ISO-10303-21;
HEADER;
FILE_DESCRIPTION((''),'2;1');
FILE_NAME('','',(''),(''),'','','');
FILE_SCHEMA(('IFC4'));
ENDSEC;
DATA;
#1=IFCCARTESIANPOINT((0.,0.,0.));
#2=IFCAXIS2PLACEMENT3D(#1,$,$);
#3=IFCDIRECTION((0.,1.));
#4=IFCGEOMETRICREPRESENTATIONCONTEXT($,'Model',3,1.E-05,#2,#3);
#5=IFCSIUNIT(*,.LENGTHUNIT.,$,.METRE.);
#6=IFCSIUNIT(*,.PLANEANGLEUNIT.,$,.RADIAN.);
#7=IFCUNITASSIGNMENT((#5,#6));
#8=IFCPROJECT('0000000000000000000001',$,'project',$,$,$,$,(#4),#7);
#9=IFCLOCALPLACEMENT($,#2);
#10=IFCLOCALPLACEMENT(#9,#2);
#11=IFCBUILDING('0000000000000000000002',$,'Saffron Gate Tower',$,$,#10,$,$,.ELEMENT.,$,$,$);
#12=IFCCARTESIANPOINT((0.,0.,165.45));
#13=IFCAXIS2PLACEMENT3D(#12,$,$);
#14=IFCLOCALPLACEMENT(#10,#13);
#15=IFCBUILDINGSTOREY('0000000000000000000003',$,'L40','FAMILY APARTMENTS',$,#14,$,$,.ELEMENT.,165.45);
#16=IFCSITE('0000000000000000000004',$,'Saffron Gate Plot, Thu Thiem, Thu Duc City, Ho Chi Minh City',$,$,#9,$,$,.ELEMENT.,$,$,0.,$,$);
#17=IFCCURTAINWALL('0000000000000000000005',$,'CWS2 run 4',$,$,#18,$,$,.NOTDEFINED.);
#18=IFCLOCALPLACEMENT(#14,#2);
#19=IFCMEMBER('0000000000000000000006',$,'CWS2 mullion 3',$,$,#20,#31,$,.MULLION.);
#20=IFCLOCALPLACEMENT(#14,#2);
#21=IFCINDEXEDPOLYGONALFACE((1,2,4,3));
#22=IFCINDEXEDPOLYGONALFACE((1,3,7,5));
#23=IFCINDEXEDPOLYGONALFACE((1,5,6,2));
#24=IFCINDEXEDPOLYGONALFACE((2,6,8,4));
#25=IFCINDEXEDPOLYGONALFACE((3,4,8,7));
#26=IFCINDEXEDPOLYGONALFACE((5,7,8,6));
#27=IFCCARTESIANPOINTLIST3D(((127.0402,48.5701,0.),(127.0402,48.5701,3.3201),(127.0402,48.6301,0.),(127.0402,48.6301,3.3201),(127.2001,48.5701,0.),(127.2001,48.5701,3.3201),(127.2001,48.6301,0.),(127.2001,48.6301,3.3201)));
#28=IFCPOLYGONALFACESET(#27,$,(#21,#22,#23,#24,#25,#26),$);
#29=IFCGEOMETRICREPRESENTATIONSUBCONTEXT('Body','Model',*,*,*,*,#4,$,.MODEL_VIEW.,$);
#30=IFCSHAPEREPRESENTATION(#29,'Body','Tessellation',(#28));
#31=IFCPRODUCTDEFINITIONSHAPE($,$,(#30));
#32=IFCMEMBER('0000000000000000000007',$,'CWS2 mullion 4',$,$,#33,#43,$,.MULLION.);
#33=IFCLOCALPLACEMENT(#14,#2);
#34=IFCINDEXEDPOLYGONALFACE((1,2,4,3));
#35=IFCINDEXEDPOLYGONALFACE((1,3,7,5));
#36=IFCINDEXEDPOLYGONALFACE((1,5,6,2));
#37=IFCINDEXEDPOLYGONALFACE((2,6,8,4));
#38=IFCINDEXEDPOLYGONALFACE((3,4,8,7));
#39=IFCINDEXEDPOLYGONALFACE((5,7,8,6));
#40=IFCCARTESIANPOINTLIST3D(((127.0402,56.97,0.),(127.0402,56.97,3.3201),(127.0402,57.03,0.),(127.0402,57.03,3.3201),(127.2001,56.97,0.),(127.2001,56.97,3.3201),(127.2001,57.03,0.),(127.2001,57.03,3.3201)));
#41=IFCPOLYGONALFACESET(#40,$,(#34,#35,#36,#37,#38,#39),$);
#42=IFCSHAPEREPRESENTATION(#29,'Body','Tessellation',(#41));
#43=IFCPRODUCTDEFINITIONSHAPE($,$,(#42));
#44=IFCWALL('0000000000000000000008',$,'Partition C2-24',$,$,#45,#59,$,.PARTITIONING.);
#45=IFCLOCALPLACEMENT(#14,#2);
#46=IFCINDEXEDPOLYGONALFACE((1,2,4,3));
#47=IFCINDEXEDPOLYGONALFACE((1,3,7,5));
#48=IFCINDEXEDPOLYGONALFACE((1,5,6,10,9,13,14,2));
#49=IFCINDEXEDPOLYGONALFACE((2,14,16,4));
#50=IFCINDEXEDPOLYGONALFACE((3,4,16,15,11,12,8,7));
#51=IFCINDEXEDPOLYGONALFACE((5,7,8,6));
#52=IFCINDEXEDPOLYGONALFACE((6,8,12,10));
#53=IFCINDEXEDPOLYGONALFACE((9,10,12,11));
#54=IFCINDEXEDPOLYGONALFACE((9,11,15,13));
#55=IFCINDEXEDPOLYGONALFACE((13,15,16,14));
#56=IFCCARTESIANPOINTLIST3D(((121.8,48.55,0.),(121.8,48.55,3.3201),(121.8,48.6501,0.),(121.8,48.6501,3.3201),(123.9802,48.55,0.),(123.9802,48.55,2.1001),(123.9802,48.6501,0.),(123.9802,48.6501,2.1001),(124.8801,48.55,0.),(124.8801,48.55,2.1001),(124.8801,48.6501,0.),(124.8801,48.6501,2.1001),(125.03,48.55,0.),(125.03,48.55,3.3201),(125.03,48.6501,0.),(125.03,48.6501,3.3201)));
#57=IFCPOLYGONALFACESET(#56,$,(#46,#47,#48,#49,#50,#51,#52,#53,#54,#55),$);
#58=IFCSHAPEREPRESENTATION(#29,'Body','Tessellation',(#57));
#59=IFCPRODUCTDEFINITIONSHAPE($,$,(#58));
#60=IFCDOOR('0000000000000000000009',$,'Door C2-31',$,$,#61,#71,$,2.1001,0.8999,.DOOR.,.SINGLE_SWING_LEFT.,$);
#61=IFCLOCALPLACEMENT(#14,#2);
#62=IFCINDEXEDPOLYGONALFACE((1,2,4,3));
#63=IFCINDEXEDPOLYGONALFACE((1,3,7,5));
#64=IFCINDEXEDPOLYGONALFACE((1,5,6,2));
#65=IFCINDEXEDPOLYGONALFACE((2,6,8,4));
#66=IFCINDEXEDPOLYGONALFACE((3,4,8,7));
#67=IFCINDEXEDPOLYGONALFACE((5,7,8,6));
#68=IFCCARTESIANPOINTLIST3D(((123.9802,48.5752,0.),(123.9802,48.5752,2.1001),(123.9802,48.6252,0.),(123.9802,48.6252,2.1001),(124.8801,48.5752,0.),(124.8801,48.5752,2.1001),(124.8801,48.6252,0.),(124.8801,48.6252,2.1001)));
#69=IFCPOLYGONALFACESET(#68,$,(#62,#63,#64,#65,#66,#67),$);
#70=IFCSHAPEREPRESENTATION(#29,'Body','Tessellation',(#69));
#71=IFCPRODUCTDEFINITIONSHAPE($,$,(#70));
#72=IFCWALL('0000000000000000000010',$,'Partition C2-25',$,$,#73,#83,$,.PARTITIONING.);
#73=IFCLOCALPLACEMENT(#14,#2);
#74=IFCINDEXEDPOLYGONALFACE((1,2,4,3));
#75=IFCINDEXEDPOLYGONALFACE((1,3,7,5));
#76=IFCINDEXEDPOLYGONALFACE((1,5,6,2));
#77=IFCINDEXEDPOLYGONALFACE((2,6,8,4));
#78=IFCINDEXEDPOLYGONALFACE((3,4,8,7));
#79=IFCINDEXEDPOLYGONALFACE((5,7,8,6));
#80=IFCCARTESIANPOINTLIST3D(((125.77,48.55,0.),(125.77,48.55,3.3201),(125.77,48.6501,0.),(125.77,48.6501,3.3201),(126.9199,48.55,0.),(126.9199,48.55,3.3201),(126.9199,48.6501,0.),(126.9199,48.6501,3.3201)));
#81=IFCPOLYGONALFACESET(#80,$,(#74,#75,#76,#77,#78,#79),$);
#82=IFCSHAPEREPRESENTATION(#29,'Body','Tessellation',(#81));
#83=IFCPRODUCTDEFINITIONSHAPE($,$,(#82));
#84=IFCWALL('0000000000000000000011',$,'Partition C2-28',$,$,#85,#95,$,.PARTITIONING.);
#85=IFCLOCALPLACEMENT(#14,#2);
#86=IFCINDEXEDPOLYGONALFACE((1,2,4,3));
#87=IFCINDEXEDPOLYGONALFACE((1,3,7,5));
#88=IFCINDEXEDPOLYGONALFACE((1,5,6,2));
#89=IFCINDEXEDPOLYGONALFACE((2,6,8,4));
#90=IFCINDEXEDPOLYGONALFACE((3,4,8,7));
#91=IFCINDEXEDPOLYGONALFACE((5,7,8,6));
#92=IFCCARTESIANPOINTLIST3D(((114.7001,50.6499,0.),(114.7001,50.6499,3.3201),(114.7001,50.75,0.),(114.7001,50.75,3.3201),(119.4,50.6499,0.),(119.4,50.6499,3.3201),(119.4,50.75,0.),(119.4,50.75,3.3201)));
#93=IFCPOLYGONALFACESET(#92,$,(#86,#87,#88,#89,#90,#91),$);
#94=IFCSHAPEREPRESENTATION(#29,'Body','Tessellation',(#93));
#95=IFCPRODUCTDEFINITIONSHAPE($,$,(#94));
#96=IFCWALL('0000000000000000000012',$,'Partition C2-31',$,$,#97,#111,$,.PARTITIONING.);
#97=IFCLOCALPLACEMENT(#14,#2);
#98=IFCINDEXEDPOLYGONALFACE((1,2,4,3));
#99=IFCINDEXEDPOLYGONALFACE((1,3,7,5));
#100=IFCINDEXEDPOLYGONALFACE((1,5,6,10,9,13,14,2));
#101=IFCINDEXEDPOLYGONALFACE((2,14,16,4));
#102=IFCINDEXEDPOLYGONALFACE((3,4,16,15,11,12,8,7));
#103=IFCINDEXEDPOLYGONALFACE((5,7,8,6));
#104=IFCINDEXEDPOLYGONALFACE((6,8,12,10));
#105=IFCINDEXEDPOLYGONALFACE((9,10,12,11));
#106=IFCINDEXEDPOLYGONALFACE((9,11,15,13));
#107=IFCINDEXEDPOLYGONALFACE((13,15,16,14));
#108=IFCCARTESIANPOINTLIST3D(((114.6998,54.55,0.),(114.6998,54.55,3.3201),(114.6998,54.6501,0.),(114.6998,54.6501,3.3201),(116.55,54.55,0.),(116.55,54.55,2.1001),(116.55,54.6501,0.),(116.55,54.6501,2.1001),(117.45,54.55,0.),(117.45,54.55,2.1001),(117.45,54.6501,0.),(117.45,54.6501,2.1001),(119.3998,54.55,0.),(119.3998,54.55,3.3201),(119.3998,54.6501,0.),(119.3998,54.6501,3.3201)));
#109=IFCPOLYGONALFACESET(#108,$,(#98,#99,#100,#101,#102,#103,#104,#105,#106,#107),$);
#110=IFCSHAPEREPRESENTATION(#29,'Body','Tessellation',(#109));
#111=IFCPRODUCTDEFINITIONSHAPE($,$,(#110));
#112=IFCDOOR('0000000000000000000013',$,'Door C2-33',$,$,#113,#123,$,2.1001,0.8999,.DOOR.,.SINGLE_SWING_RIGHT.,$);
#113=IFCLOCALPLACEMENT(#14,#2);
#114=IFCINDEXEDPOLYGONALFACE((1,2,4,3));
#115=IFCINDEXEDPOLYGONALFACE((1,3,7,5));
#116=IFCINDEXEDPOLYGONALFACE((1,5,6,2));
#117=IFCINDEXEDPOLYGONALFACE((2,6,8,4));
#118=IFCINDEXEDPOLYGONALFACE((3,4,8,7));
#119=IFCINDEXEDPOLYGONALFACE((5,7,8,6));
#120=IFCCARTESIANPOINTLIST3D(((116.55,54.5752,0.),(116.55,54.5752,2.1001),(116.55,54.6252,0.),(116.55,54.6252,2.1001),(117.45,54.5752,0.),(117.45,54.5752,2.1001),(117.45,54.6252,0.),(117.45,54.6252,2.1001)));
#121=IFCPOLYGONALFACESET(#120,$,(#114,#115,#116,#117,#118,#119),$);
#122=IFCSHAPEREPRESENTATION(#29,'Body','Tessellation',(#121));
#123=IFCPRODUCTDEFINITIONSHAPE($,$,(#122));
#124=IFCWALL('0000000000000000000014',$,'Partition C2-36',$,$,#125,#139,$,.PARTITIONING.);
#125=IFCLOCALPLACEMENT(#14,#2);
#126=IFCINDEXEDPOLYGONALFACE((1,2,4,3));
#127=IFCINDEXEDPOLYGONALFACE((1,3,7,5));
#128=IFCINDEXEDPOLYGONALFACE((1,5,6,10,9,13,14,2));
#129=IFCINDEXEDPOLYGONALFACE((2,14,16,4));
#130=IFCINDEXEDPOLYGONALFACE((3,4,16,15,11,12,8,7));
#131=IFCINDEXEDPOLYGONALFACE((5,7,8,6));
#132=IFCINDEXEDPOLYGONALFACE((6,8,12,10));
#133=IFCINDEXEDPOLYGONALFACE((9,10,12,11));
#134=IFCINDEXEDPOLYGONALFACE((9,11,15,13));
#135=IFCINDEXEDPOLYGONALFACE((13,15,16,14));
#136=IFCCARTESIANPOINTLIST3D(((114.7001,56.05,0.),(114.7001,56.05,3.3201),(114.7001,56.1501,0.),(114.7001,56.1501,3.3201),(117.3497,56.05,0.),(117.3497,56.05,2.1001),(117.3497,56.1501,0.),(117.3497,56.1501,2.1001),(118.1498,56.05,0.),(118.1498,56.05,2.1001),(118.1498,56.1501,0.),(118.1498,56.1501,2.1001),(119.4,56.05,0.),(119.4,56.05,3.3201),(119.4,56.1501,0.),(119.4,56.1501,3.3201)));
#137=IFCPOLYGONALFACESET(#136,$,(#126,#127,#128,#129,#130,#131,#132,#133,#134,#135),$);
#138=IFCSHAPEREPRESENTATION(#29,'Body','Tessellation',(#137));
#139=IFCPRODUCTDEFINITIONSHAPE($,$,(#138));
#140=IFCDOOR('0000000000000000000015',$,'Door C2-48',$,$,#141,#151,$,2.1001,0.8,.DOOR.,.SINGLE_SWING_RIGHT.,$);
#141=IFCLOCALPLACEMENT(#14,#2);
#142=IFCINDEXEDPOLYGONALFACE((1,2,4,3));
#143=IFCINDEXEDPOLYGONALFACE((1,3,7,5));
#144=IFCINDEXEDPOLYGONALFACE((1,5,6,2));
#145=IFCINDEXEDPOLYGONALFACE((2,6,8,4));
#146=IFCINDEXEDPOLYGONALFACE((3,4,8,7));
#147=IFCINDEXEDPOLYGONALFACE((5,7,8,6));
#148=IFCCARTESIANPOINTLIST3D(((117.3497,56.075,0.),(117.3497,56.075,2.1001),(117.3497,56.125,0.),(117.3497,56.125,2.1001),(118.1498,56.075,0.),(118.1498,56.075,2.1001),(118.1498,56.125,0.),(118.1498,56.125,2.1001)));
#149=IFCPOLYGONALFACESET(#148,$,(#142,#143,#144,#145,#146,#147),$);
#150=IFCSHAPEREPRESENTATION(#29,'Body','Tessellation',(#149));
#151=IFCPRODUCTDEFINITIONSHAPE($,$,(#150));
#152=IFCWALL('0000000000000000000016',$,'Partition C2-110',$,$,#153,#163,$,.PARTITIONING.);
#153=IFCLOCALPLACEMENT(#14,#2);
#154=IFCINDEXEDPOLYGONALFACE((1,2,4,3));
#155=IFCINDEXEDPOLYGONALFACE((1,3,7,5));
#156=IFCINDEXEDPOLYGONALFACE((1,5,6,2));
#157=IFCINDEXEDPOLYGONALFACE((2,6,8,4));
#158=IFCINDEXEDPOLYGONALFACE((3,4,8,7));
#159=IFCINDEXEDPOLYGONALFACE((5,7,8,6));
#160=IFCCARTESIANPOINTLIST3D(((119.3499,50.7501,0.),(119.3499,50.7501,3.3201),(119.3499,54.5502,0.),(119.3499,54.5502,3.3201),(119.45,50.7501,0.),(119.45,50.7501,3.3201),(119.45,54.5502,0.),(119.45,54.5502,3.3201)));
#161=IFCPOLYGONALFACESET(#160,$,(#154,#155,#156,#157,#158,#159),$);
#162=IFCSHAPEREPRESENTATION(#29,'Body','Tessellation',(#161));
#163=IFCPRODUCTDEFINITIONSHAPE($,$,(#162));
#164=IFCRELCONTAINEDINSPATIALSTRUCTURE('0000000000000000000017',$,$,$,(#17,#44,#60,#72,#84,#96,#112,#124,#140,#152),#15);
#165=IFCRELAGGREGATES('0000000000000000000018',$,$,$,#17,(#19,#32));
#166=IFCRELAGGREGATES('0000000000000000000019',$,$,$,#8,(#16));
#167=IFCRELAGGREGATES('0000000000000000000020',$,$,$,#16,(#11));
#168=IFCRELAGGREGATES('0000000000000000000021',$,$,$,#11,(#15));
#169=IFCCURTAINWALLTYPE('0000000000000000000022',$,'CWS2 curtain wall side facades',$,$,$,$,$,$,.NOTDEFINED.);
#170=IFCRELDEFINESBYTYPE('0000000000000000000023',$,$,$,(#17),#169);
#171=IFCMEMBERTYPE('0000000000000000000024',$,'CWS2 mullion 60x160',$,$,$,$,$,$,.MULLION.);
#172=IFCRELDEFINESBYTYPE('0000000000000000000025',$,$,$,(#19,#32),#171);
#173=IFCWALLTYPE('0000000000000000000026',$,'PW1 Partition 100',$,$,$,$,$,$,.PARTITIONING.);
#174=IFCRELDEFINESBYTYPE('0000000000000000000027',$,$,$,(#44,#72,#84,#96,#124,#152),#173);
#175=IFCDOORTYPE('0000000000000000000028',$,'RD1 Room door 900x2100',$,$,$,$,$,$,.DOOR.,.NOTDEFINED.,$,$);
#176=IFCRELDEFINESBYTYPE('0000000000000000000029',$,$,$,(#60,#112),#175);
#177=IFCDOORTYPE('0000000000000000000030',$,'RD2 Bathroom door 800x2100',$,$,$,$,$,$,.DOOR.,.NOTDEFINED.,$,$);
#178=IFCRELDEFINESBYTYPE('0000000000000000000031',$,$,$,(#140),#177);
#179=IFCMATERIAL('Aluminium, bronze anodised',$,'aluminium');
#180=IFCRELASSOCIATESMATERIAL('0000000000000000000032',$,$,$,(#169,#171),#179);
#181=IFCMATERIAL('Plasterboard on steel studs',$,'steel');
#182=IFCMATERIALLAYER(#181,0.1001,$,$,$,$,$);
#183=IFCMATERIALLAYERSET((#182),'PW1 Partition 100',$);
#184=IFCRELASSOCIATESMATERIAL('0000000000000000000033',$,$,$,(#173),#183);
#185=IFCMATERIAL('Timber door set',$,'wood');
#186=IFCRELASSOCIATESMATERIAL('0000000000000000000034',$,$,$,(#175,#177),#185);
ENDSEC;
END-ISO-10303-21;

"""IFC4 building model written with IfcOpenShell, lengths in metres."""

from ifc_helpers import new_model, si_unit, direction, frame, frame_2d, origin, origin_2d, place, context, subcontext, project, spatial, rectangle, extrude, material, layer, layer_set, material_profile, profile_set, type_object, element, fill, aggregate, save


model = new_model("IFC4")

# Units and contexts
model_context = context("Model", 3, precision=1e-05, world=origin(), true_north=direction((0.0, 1.0)))
body_context = subcontext(model_context, "Body", "Model", "MODEL_VIEW")
ifc_project = project(units=[si_unit("LENGTHUNIT", "METRE"), si_unit("PLANEANGLEUNIT", "RADIAN")], contexts=[model_context])

# Site, building, storey
site_placement = place(None, origin())
site = spatial("IfcSite", under=ifc_project, at=site_placement, Name="Saffron Gate Plot, Thu Thiem, Thu Duc City, Ho Chi Minh City", CompositionType="ELEMENT", RefElevation=0.0)
building_placement = place(site_placement, origin())
building = spatial("IfcBuilding", under=site, at=building_placement, Name="Saffron Gate Tower", CompositionType="ELEMENT")
storey_placement = place(building_placement, frame((0.0, 0.0, 165.45)))
storey = spatial("IfcBuildingStorey", under=building, at=storey_placement, Name="L40", Description="FAMILY APARTMENTS", CompositionType="ELEMENT", Elevation=165.45)

# Curtain wall, members
ifc_material_1 = material(Name="Aluminium, bronze anodised", Category="aluminium")
curtain_wall_type = type_object("IfcCurtainWallType", Name="CWS2 curtain wall side facades", PredefinedType="NOTDEFINED", material=ifc_material_1)
curtain_wall_placement = place(storey_placement, origin())
curtain_wall = element("IfcCurtainWall", 1, at=curtain_wall_placement, inside=storey, type_object=curtain_wall_type, Name="CWS2 run 4", PredefinedType="NOTDEFINED")
ifc_material_profile_1 = material_profile(ifc_material_1, rectangle(XDim=0.1599, YDim=0.0601, at=origin_2d()))
ifc_profile_set_1 = profile_set([ifc_material_profile_1], Name="Aluminium, bronze anodised")
member_type = type_object("IfcMemberType", Name="CWS2 mullion 60x160", PredefinedType="MULLION", material=ifc_profile_set_1)
member_1_placement = place(storey_placement, frame((127.1201, 48.6001, 0.0), z_axis=(0.0, 0.0, 1.0), x_axis=(-1.0, 0.0, 0.0)))
member_1 = element("IfcMember", 2, at=member_1_placement, type_object=member_type, Name="CWS2 mullion 3", PredefinedType="MULLION", context=body_context, shape_type="SweptSolid", body=[
    extrude(rectangle(XDim=0.1599, YDim=0.0601, at=origin_2d()), origin(), (0.0, 0.0, 1.0), 3.3201),
])
member_2_placement = place(storey_placement, frame((127.1201, 57.0, 0.0), z_axis=(0.0, 0.0, 1.0), x_axis=(-1.0, 0.0, 0.0)))
member_2 = element("IfcMember", 3, at=member_2_placement, type_object=member_type, Name="CWS2 mullion 4", PredefinedType="MULLION", context=body_context, shape_type="SweptSolid", body=[
    extrude(rectangle(XDim=0.1599, YDim=0.0601, at=origin_2d()), origin(), (0.0, 0.0, 1.0), 3.3201),
])
aggregate(curtain_wall, [member_1, member_2])

# Wall, opening, door
ifc_material_2 = material(Name="Plasterboard on steel studs", Category="steel")
ifc_layer_1 = layer(ifc_material_2, 0.1001)
ifc_layer_set_1 = layer_set([ifc_layer_1], Name="PW1 Partition 100")
wall_type_1 = type_object("IfcWallType", Name="PW1 Partition 100", PredefinedType="PARTITIONING", material=ifc_layer_set_1)
wall_1_placement = place(storey_placement, frame((125.03, 48.6001, 0.0), z_axis=(0.0, 0.0, 1.0), x_axis=(-1.0, 0.0, 0.0)))
wall_1 = element("IfcWall", 4, at=wall_1_placement, inside=storey, type_object=wall_type_1, Name="Partition C2-24", PredefinedType="PARTITIONING", context=body_context, shape_type="SweptSolid", body=[
    extrude(rectangle(XDim=3.23, YDim=0.1001, at=frame_2d((1.615, 0.0))), origin(), (0.0, 0.0, 1.0), 3.3201),
])
opening_1_placement = place(wall_1_placement, frame((0.1499, 0.0, 0.0)))
opening_1 = element("IfcOpeningElement", 5, at=opening_1_placement, cuts=wall_1, PredefinedType="OPENING", context=body_context, shape_type="SweptSolid", body=[
    extrude(rectangle(XDim=0.8999, YDim=2.1001, at=frame_2d((0.45, 1.05))), frame((0.0, 0.0601, 0.0), z_axis=(0.0, -1.0, 0.0), x_axis=(1.0, 0.0, 0.0)), (0.0, 0.0, 1.0), 0.1201),
])
ifc_material_3 = material(Name="Timber door set", Category="wood")
door_type_1 = type_object("IfcDoorType", Name="RD1 Room door 900x2100", OperationType="NOTDEFINED", PredefinedType="DOOR", material=ifc_material_3)
door_1_placement = place(opening_1_placement, origin())
door_1 = element("IfcDoor", 6, at=door_1_placement, inside=storey, type_object=door_type_1, Name="Door C2-31", OperationType="SINGLE_SWING_LEFT", OverallHeight=2.1001, OverallWidth=0.8999, PredefinedType="DOOR", context=body_context, shape_type="SweptSolid", body=[
    extrude(rectangle(XDim=0.8999, YDim=2.1001, at=frame_2d((0.45, 1.05))), frame((0.0, 0.0249, 0.0), z_axis=(0.0, -1.0, 0.0), x_axis=(1.0, 0.0, 0.0)), (0.0, 0.0, 1.0), 0.05),
])
fill(opening_1, door_1)

# Walls
wall_2_placement = place(storey_placement, frame((125.77, 48.6001, 0.0), z_axis=(0.0, 0.0, 1.0), x_axis=(1.0, 0.0, 0.0)))
element("IfcWall", 7, at=wall_2_placement, inside=storey, type_object=wall_type_1, Name="Partition C2-25", PredefinedType="PARTITIONING", context=body_context, shape_type="SweptSolid", body=[
    extrude(rectangle(XDim=1.1499, YDim=0.1001, at=frame_2d((0.575, 0.0))), origin(), (0.0, 0.0, 1.0), 3.3201),
])
wall_3_placement = place(storey_placement, frame((114.7, 50.7, 0.0), z_axis=(0.0, 0.0, 1.0), x_axis=(1.0, 0.0, 0.0)))
element("IfcWall", 8, at=wall_3_placement, inside=storey, type_object=wall_type_1, Name="Partition C2-28", PredefinedType="PARTITIONING", context=body_context, shape_type="SweptSolid", body=[
    extrude(rectangle(XDim=4.7, YDim=0.1001, at=frame_2d((2.3501, 0.0))), origin(), (0.0, 0.0, 1.0), 3.3201),
])

# Walls, openings, doors
wall_4_placement = place(storey_placement, frame((119.3999, 54.6001, 0.0), z_axis=(0.0, 0.0, 1.0), x_axis=(-1.0, 0.0, 0.0)))
wall_4 = element("IfcWall", 9, at=wall_4_placement, inside=storey, type_object=wall_type_1, Name="Partition C2-31", PredefinedType="PARTITIONING", context=body_context, shape_type="SweptSolid", body=[
    extrude(rectangle(XDim=4.7, YDim=0.1001, at=frame_2d((2.3501, 0.0))), origin(), (0.0, 0.0, 1.0), 3.3201),
])
opening_2_placement = place(wall_4_placement, frame((1.95, 0.0, 0.0)))
opening_2 = element("IfcOpeningElement", 10, at=opening_2_placement, cuts=wall_4, PredefinedType="OPENING", context=body_context, shape_type="SweptSolid", body=[
    extrude(rectangle(XDim=0.8999, YDim=2.1001, at=frame_2d((0.45, 1.05))), frame((0.0, 0.0601, 0.0), z_axis=(0.0, -1.0, 0.0), x_axis=(1.0, 0.0, 0.0)), (0.0, 0.0, 1.0), 0.1201),
])
door_2_placement = place(opening_2_placement, origin())
door_2 = element("IfcDoor", 11, at=door_2_placement, inside=storey, type_object=door_type_1, Name="Door C2-33", OperationType="SINGLE_SWING_RIGHT", OverallHeight=2.1001, OverallWidth=0.8999, PredefinedType="DOOR", context=body_context, shape_type="SweptSolid", body=[
    extrude(rectangle(XDim=0.8999, YDim=2.1001, at=frame_2d((0.45, 1.05))), frame((0.0, 0.0249, 0.0), z_axis=(0.0, -1.0, 0.0), x_axis=(1.0, 0.0, 0.0)), (0.0, 0.0, 1.0), 0.05),
])
fill(opening_2, door_2)
wall_5_placement = place(storey_placement, frame((114.7, 56.1001, 0.0), z_axis=(0.0, 0.0, 1.0), x_axis=(1.0, 0.0, 0.0)))
wall_5 = element("IfcWall", 12, at=wall_5_placement, inside=storey, type_object=wall_type_1, Name="Partition C2-36", PredefinedType="PARTITIONING", context=body_context, shape_type="SweptSolid", body=[
    extrude(rectangle(XDim=4.7, YDim=0.1001, at=frame_2d((2.3501, 0.0))), origin(), (0.0, 0.0, 1.0), 3.3201),
])
opening_3_placement = place(wall_5_placement, frame((2.6499, 0.0, 0.0)))
opening_3 = element("IfcOpeningElement", 13, at=opening_3_placement, cuts=wall_5, PredefinedType="OPENING", context=body_context, shape_type="SweptSolid", body=[
    extrude(rectangle(XDim=0.8, YDim=2.1001, at=frame_2d((0.3999, 1.05))), frame((0.0, 0.0601, 0.0), z_axis=(0.0, -1.0, 0.0), x_axis=(1.0, 0.0, 0.0)), (0.0, 0.0, 1.0), 0.1201),
])
door_type_2 = type_object("IfcDoorType", Name="RD2 Bathroom door 800x2100", OperationType="NOTDEFINED", PredefinedType="DOOR", material=ifc_material_3)
door_3_placement = place(opening_3_placement, origin())
door_3 = element("IfcDoor", 14, at=door_3_placement, inside=storey, type_object=door_type_2, Name="Door C2-48", OperationType="SINGLE_SWING_RIGHT", OverallHeight=2.1001, OverallWidth=0.8, PredefinedType="DOOR", context=body_context, shape_type="SweptSolid", body=[
    extrude(rectangle(XDim=0.8, YDim=2.1001, at=frame_2d((0.3999, 1.05))), frame((0.0, 0.0249, 0.0), z_axis=(0.0, -1.0, 0.0), x_axis=(1.0, 0.0, 0.0)), (0.0, 0.0, 1.0), 0.05),
])
fill(opening_3, door_3)

# Wall
wall_6_placement = place(storey_placement, frame((119.3999, 54.55, 0.0), z_axis=(0.0, 0.0, 1.0), x_axis=(0.0, -1.0, 0.0)))
element("IfcWall", 15, at=wall_6_placement, inside=storey, type_object=wall_type_1, Name="Partition C2-110", PredefinedType="PARTITIONING", context=body_context, shape_type="SweptSolid", body=[
    extrude(rectangle(XDim=3.8, YDim=0.1001, at=frame_2d((1.8999, 0.0))), origin(), (0.0, 0.0, 1.0), 3.3201),
])

save(model, "model.ifc")
